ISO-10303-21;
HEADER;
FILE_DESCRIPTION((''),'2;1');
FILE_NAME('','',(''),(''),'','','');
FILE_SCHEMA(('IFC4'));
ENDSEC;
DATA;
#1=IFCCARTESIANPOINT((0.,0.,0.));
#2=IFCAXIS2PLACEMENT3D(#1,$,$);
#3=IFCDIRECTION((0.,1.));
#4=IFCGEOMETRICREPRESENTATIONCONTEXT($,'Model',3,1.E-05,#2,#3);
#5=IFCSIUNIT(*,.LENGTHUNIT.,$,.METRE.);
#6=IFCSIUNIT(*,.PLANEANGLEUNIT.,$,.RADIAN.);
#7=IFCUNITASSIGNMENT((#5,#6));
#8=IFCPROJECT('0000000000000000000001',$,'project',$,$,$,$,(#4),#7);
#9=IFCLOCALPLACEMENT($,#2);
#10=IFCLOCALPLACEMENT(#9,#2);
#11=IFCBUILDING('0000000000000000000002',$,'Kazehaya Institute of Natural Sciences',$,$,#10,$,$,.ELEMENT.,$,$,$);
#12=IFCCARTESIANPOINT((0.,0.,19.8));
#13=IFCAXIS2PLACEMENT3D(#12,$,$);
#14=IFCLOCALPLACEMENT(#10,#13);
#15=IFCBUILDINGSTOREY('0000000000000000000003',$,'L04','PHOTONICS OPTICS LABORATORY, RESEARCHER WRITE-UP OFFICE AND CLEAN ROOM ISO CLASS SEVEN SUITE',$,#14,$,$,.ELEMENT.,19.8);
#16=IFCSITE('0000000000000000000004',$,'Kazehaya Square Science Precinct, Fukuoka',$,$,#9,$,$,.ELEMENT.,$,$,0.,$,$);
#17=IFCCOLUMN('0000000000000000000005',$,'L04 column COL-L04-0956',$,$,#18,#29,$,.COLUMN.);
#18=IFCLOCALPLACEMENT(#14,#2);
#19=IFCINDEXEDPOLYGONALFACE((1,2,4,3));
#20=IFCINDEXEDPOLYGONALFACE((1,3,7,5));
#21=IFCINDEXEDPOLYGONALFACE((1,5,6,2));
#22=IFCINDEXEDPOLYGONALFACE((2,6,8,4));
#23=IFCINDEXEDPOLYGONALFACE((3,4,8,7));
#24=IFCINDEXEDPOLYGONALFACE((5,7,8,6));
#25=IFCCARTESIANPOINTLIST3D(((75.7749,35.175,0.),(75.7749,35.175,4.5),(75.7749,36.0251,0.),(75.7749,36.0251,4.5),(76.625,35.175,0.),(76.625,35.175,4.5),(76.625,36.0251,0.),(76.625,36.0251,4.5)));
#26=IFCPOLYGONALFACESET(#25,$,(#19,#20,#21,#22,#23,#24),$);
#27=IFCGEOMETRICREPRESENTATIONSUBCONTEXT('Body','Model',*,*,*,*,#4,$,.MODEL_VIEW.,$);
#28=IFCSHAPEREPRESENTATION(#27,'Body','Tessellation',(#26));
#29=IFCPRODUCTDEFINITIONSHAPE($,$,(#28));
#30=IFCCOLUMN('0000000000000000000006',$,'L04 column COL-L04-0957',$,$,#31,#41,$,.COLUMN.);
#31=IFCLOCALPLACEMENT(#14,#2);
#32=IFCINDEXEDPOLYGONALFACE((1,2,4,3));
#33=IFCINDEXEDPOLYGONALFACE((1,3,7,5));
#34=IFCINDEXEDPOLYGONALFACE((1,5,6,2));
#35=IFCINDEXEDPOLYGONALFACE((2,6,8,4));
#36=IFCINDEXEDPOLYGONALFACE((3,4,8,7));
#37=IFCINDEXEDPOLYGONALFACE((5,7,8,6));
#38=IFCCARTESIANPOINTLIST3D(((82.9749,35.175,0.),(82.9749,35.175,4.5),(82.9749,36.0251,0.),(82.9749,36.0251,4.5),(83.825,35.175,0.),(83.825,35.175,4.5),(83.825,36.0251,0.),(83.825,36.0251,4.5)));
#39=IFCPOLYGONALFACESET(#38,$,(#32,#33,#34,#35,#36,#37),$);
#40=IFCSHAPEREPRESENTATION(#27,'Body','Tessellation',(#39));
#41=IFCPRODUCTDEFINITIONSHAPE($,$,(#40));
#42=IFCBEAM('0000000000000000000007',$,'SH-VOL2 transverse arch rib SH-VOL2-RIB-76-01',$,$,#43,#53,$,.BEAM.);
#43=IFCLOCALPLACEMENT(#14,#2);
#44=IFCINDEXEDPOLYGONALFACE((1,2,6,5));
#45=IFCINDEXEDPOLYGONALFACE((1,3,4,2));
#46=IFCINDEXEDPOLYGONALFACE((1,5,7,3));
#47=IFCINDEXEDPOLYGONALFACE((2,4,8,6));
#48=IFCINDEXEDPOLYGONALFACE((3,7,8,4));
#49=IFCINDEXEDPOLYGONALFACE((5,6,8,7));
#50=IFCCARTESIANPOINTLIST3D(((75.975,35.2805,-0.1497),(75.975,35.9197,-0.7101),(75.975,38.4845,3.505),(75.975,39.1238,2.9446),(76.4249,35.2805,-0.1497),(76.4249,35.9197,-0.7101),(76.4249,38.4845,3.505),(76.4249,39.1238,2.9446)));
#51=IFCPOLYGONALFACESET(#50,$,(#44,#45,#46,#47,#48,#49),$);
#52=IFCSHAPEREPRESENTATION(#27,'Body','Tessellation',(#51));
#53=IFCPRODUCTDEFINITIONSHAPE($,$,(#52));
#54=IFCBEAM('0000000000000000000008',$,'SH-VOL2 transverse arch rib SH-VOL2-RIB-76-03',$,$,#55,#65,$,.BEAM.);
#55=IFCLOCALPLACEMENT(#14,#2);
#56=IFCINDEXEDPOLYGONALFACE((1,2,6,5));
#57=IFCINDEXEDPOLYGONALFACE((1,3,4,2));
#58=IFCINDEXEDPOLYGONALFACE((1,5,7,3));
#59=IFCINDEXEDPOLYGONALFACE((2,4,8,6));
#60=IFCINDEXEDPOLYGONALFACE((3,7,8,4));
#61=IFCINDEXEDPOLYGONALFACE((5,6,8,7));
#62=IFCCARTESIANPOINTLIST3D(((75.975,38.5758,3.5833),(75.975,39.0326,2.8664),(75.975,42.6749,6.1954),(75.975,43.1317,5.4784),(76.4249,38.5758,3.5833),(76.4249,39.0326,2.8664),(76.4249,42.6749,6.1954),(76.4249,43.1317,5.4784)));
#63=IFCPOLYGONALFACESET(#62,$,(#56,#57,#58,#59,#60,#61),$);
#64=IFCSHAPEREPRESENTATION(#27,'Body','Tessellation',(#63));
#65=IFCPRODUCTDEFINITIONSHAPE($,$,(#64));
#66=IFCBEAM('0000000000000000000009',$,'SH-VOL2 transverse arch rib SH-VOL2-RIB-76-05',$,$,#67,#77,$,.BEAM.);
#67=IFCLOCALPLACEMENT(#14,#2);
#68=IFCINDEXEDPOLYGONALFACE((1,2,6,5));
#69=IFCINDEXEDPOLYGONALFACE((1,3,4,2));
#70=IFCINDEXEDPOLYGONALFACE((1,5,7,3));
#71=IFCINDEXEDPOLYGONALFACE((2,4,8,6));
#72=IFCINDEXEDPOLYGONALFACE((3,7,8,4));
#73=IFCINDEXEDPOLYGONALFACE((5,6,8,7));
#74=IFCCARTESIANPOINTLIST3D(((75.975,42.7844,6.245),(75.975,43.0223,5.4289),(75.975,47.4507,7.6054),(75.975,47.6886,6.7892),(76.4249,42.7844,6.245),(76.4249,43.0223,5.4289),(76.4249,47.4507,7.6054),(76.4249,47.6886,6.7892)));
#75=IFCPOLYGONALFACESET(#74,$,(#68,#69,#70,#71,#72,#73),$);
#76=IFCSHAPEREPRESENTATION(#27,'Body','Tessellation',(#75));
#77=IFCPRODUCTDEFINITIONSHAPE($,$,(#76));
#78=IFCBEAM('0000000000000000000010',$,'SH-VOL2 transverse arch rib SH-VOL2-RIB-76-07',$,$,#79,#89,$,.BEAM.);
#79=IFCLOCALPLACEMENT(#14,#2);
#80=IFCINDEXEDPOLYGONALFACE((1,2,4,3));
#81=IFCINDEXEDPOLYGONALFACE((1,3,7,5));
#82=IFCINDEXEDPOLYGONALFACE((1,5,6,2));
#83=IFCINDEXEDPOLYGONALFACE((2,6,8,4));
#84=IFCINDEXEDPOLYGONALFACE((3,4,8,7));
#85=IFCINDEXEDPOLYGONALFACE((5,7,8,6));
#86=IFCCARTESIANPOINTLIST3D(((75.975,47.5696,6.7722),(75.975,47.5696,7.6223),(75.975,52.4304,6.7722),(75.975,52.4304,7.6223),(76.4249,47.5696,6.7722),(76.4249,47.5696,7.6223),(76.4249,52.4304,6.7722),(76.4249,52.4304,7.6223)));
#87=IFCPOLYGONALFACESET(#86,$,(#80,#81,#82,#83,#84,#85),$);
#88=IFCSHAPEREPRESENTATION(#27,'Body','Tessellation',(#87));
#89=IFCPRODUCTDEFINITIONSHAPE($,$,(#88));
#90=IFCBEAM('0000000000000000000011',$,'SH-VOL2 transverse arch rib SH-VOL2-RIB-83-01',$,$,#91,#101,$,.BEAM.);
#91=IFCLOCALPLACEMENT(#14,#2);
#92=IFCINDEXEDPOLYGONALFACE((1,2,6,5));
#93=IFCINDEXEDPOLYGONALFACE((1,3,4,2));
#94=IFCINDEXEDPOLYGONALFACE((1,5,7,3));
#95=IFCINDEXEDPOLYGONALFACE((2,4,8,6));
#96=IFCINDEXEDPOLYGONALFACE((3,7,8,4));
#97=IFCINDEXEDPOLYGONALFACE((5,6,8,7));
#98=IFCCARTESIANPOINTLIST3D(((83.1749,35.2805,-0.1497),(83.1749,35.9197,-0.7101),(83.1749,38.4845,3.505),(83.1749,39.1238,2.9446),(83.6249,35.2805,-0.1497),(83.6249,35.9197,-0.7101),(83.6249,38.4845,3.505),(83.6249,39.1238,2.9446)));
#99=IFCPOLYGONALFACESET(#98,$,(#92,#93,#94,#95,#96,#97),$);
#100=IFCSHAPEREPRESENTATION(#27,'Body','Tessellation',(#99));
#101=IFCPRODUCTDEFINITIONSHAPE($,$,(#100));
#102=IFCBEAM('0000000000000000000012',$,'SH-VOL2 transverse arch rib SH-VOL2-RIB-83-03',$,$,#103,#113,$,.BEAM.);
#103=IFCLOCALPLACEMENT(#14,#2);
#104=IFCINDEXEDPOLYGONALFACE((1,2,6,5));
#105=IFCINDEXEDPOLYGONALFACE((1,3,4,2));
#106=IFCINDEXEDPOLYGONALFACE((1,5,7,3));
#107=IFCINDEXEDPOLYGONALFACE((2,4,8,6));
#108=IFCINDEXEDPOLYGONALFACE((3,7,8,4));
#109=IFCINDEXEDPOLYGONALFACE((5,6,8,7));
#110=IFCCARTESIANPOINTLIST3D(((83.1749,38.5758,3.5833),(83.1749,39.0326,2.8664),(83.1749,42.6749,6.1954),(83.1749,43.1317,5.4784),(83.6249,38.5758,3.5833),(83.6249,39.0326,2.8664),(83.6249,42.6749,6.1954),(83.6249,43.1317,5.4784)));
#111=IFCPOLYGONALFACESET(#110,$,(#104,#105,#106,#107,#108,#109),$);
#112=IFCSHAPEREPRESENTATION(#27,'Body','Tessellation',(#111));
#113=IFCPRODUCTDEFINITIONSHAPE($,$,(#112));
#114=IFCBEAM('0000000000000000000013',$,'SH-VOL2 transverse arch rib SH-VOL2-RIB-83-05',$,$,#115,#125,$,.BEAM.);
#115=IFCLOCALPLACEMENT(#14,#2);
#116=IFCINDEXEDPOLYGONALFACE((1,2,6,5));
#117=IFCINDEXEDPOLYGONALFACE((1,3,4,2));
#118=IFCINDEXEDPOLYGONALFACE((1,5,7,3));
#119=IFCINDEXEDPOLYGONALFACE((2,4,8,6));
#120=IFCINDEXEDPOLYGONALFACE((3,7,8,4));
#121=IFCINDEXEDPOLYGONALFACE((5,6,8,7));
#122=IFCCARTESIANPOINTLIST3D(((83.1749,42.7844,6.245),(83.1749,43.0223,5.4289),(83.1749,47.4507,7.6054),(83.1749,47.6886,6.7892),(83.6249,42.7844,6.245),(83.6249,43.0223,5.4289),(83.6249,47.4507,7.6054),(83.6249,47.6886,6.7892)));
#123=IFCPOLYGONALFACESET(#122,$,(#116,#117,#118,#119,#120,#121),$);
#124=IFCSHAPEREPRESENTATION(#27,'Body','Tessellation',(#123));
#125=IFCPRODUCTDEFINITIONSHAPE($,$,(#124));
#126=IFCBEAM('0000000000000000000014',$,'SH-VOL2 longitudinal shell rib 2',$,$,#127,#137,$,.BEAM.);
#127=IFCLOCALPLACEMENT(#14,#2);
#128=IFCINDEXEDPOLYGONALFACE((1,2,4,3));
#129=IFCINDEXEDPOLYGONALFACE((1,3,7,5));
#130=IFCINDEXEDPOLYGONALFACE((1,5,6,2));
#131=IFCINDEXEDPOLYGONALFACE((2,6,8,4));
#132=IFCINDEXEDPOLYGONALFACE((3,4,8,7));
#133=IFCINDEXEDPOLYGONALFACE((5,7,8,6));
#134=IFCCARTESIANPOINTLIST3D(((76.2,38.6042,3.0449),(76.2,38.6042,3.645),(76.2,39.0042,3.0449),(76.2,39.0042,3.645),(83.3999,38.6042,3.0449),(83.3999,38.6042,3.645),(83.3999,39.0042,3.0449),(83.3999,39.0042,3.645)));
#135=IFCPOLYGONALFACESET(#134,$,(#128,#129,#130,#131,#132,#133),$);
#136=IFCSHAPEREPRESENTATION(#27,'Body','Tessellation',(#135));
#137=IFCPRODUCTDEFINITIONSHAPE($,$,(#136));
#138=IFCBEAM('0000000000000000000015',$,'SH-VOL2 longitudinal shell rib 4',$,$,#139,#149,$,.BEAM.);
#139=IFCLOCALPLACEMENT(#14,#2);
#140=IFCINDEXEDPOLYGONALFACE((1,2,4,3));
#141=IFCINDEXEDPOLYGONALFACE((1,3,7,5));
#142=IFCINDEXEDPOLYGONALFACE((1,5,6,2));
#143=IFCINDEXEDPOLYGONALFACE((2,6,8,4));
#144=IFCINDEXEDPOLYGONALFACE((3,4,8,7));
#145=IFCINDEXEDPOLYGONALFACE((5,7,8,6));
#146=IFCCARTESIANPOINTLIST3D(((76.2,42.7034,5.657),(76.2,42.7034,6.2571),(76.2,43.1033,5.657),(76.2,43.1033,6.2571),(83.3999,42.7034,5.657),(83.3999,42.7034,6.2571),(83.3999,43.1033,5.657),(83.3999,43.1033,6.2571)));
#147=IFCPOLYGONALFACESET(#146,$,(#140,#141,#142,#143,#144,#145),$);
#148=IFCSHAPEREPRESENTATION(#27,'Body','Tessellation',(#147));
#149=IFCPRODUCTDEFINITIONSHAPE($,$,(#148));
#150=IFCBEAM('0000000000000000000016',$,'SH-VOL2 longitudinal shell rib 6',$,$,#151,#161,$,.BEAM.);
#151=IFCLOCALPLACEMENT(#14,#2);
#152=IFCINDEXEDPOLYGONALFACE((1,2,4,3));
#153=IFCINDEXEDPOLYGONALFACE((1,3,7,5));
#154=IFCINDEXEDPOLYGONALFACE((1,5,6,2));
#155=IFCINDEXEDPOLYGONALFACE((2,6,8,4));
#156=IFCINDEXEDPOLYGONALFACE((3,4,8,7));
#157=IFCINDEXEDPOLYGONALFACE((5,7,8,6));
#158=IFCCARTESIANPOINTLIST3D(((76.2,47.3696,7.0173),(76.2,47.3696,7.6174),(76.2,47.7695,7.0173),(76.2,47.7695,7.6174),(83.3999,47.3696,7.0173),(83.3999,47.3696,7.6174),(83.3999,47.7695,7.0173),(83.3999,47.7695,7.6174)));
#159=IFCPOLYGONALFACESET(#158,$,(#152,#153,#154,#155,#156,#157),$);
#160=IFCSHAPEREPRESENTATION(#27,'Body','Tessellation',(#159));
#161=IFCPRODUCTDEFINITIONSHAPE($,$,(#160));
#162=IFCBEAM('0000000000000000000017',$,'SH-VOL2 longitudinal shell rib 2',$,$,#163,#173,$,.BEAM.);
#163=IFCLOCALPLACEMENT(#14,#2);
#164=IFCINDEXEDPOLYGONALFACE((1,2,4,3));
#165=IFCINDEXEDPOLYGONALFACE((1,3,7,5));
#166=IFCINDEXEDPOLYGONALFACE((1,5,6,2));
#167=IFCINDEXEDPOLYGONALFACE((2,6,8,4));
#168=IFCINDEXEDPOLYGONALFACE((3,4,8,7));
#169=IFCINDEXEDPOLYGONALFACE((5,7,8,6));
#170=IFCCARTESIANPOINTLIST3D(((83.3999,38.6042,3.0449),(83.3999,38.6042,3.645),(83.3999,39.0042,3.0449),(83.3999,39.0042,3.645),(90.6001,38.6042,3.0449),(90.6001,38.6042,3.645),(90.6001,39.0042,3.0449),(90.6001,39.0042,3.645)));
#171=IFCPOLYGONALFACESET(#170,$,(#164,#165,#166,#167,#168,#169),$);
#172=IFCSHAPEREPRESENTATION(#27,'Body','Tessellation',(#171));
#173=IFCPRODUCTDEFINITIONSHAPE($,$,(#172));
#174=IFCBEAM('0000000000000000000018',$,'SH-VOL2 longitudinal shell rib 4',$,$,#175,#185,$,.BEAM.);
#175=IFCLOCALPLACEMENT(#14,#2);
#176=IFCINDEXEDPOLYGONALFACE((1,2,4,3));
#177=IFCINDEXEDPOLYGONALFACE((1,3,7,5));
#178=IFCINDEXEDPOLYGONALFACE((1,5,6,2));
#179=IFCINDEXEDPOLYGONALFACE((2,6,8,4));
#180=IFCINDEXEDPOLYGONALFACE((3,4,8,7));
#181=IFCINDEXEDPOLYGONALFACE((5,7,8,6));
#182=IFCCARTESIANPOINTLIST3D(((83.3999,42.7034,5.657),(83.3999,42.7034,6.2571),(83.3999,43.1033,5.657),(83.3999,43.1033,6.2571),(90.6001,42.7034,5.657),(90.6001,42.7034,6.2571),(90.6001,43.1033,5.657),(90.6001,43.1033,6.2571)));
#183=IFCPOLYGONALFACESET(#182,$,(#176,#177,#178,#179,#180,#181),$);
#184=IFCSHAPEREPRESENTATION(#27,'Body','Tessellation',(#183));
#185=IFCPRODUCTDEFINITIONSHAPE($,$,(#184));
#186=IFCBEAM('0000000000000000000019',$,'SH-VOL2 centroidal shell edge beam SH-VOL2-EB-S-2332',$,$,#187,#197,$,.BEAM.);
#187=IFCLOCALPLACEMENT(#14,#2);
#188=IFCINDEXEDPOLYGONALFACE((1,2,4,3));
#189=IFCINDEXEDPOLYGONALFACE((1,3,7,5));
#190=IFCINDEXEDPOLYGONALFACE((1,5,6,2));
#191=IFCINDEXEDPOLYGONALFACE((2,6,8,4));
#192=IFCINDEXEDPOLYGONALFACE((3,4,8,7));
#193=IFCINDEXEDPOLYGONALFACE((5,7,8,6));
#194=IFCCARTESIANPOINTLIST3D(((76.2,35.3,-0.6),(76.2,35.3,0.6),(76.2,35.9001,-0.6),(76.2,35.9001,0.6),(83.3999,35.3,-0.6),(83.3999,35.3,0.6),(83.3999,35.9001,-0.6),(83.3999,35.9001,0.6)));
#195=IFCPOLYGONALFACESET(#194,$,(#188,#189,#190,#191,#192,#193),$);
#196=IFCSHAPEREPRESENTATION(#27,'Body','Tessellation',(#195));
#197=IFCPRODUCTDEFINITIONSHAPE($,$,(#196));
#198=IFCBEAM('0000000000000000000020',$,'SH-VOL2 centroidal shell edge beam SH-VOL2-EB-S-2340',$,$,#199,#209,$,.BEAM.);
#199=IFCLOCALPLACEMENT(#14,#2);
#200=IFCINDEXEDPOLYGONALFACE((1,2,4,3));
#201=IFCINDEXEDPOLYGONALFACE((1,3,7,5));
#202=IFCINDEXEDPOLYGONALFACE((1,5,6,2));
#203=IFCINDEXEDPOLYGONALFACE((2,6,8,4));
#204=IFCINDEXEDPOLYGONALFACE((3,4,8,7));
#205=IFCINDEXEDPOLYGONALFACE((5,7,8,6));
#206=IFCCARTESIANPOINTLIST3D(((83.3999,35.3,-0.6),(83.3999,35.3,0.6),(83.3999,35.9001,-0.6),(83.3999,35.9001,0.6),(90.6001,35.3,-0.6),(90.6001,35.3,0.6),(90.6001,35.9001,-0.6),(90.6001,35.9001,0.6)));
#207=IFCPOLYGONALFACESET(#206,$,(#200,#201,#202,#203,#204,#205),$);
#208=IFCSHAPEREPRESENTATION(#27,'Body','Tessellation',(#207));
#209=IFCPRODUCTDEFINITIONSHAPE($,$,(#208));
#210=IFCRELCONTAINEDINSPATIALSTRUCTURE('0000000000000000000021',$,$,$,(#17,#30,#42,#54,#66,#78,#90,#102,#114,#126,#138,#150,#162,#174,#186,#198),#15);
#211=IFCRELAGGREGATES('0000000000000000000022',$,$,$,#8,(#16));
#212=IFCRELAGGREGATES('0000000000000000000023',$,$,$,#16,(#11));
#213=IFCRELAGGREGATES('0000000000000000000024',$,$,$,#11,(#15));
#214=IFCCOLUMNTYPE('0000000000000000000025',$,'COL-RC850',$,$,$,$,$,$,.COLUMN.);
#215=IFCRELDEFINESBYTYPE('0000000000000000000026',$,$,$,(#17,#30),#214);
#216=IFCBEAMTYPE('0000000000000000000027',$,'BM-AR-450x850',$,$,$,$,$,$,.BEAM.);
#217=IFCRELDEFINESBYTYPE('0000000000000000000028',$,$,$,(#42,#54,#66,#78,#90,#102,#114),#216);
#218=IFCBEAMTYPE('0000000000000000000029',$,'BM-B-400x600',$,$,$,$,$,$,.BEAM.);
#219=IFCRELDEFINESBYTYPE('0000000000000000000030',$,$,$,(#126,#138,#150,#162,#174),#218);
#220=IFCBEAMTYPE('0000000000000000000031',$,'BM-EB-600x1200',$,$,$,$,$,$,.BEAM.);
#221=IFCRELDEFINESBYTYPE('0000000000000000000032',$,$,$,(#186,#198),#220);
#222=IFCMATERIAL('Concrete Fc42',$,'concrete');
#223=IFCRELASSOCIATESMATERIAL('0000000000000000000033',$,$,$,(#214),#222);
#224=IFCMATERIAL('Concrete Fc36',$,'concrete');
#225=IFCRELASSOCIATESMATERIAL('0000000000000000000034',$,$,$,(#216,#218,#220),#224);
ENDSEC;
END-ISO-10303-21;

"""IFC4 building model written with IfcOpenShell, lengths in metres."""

from ifc_helpers import new_model, si_unit, direction, frame, origin, origin_2d, place, context, subcontext, project, spatial, rectangle, extrude, material, material_profile, profile_set, type_object, element, save


model = new_model("IFC4")

# Units and contexts
model_context = context("Model", 3, precision=1e-05, world=origin(), true_north=direction((0.0, 1.0)))
body_context = subcontext(model_context, "Body", "Model", "MODEL_VIEW")
ifc_project = project(units=[si_unit("LENGTHUNIT", "METRE"), si_unit("PLANEANGLEUNIT", "RADIAN")], contexts=[model_context])

# Site, building, storey
site_placement = place(None, origin())
site = spatial("IfcSite", under=ifc_project, at=site_placement, Name="Kazehaya Square Science Precinct, Fukuoka", CompositionType="ELEMENT", RefElevation=0.0)
building_placement = place(site_placement, origin())
building = spatial("IfcBuilding", under=site, at=building_placement, Name="Kazehaya Institute of Natural Sciences", CompositionType="ELEMENT")
storey_placement = place(building_placement, frame((0.0, 0.0, 19.8)))
storey = spatial("IfcBuildingStorey", under=building, at=storey_placement, Name="L04", Description="PHOTONICS OPTICS LABORATORY, RESEARCHER WRITE-UP OFFICE AND CLEAN ROOM ISO CLASS SEVEN SUITE", CompositionType="ELEMENT", Elevation=19.8)

# Columns
ifc_material_1 = material(Name="Concrete Fc42", Category="concrete")
ifc_material_profile_1 = material_profile(ifc_material_1, rectangle(XDim=0.8501, YDim=0.8501, at=origin_2d()), Name="RC-850x850")
ifc_profile_set_1 = profile_set([ifc_material_profile_1], Name="Concrete Fc42")
column_type = type_object("IfcColumnType", Name="COL-RC850", PredefinedType="COLUMN", material=ifc_profile_set_1)
for number, where, z_axis, x_axis, name in (
    (1, (76.2, 35.6001, 0.0), (0.0, 0.0, 1.0), (1.0, 0.0, 0.0), "L04 column COL-L04-0956"),
    (2, (83.3999, 35.6001, 0.0), (0.0, 0.0, 1.0), (1.0, 0.0, 0.0), "L04 column COL-L04-0957"),
):
    element("IfcColumn", number, at=place(storey_placement, frame(where, z_axis=z_axis, x_axis=x_axis)), inside=storey, type_object=column_type, Name=name, PredefinedType="COLUMN", context=body_context, shape_type="SweptSolid", body=[
        extrude(rectangle(XDim=0.8501, YDim=0.8501, at=origin_2d()), origin(), (0.0, 0.0, 1.0), 4.5),
    ])

# Beams
ifc_material_2 = material(Name="Concrete Fc36", Category="concrete")
ifc_material_profile_2 = material_profile(ifc_material_2, rectangle(XDim=0.45, YDim=0.8501, at=origin_2d()), Name="RC-450x850")
ifc_profile_set_2 = profile_set([ifc_material_profile_2], Name="Concrete Fc36")
beam_type_1 = type_object("IfcBeamType", Name="BM-AR-450x850", PredefinedType="BEAM", material=ifc_profile_set_2)
beam_1_placement = place(storey_placement, frame((76.2, 35.6001, -0.4299), z_axis=(0.0, 0.659223, 0.751948), x_axis=(-1.0, 0.0, 0.0)))
element("IfcBeam", 3, at=beam_1_placement, inside=storey, type_object=beam_type_1, Name="SH-VOL2 transverse arch rib SH-VOL2-RIB-76-01", PredefinedType="BEAM", context=body_context, shape_type="SweptSolid", body=[
    extrude(rectangle(XDim=0.45, YDim=0.8501, at=origin_2d()), origin(), (0.0, 0.0, 1.0), 4.8604),
])
for number, where, z_axis, x_axis, name in (
    (4, (76.2, 38.8042, 3.2249), (0.0, 0.843332, 0.537392), (-1.0, 0.0, 0.0), "SH-VOL2 transverse arch rib SH-VOL2-RIB-76-03"),
    (5, (76.2, 42.9033, 5.8369), (0.0, 0.960035, 0.279878), (-1.0, 0.0, 0.0), "SH-VOL2 transverse arch rib SH-VOL2-RIB-76-05"),
):
    element("IfcBeam", number, at=place(storey_placement, frame(where, z_axis=z_axis, x_axis=x_axis)), inside=storey, type_object=beam_type_1, Name=name, PredefinedType="BEAM", context=body_context, shape_type="SweptSolid", body=[
        extrude(rectangle(XDim=0.45, YDim=0.8501, at=origin_2d()), origin(), (0.0, 0.0, 1.0), 4.8606),
    ])
beam_2_placement = place(storey_placement, frame((76.2, 47.5696, 7.1973), z_axis=(0.0, 1.0, 0.0), x_axis=(-1.0, 0.0, 0.0)))
element("IfcBeam", 6, at=beam_2_placement, inside=storey, type_object=beam_type_1, Name="SH-VOL2 transverse arch rib SH-VOL2-RIB-76-07", PredefinedType="BEAM", context=body_context, shape_type="SweptSolid", body=[
    extrude(rectangle(XDim=0.45, YDim=0.8501, at=origin_2d()), origin(), (0.0, 0.0, 1.0), 4.8608),
])
beam_3_placement = place(storey_placement, frame((83.3999, 35.6001, -0.4299), z_axis=(0.0, 0.659223, 0.751948), x_axis=(-1.0, 0.0, 0.0)))
element("IfcBeam", 7, at=beam_3_placement, inside=storey, type_object=beam_type_1, Name="SH-VOL2 transverse arch rib SH-VOL2-RIB-83-01", PredefinedType="BEAM", context=body_context, shape_type="SweptSolid", body=[
    extrude(rectangle(XDim=0.45, YDim=0.8501, at=origin_2d()), origin(), (0.0, 0.0, 1.0), 4.8604),
])
for number, where, z_axis, x_axis, name in (
    (8, (83.3999, 38.8042, 3.2249), (0.0, 0.843332, 0.537392), (-1.0, 0.0, 0.0), "SH-VOL2 transverse arch rib SH-VOL2-RIB-83-03"),
    (9, (83.3999, 42.9033, 5.8369), (0.0, 0.960035, 0.279878), (-1.0, 0.0, 0.0), "SH-VOL2 transverse arch rib SH-VOL2-RIB-83-05"),
):
    element("IfcBeam", number, at=place(storey_placement, frame(where, z_axis=z_axis, x_axis=x_axis)), inside=storey, type_object=beam_type_1, Name=name, PredefinedType="BEAM", context=body_context, shape_type="SweptSolid", body=[
        extrude(rectangle(XDim=0.45, YDim=0.8501, at=origin_2d()), origin(), (0.0, 0.0, 1.0), 4.8606),
    ])
ifc_material_profile_3 = material_profile(ifc_material_2, rectangle(XDim=0.3999, YDim=0.6001, at=origin_2d()), Name="RC-400x600")
ifc_profile_set_3 = profile_set([ifc_material_profile_3], Name="Concrete Fc36")
beam_type_2 = type_object("IfcBeamType", Name="BM-B-400x600", PredefinedType="BEAM", material=ifc_profile_set_3)
for number, where, z_axis, x_axis, name in (
    (10, (76.2, 38.8042, 3.345), (1.0, 0.0, 0.0), (0.0, 1.0, 0.0), "SH-VOL2 longitudinal shell rib 2"),
    (11, (76.2, 42.9033, 5.957), (1.0, 0.0, 0.0), (0.0, 1.0, 0.0), "SH-VOL2 longitudinal shell rib 4"),
    (12, (76.2, 47.5696, 7.3174), (1.0, 0.0, 0.0), (0.0, 1.0, 0.0), "SH-VOL2 longitudinal shell rib 6"),
):
    element("IfcBeam", number, at=place(storey_placement, frame(where, z_axis=z_axis, x_axis=x_axis)), inside=storey, type_object=beam_type_2, Name=name, PredefinedType="BEAM", context=body_context, shape_type="SweptSolid", body=[
        extrude(rectangle(XDim=0.3999, YDim=0.6001, at=origin_2d()), origin(), (0.0, 0.0, 1.0), 7.2),
    ])
for number, where, z_axis, x_axis, name in (
    (13, (83.3999, 38.8042, 3.345), (1.0, 0.0, 0.0), (0.0, 1.0, 0.0), "SH-VOL2 longitudinal shell rib 2"),
    (14, (83.3999, 42.9033, 5.957), (1.0, 0.0, 0.0), (0.0, 1.0, 0.0), "SH-VOL2 longitudinal shell rib 4"),
):
    element("IfcBeam", number, at=place(storey_placement, frame(where, z_axis=z_axis, x_axis=x_axis)), inside=storey, type_object=beam_type_2, Name=name, PredefinedType="BEAM", context=body_context, shape_type="SweptSolid", body=[
        extrude(rectangle(XDim=0.3999, YDim=0.6001, at=origin_2d()), origin(), (0.0, 0.0, 1.0), 7.2002),
    ])
ifc_material_profile_4 = material_profile(ifc_material_2, rectangle(XDim=0.6001, YDim=1.2, at=origin_2d()), Name="RC-600x1200")
ifc_profile_set_4 = profile_set([ifc_material_profile_4], Name="Concrete Fc36")
beam_type_3 = type_object("IfcBeamType", Name="BM-EB-600x1200", PredefinedType="BEAM", material=ifc_profile_set_4)
beam_4_placement = place(storey_placement, frame((76.2, 35.6001, 0.0), z_axis=(1.0, 0.0, 0.0), x_axis=(0.0, 1.0, 0.0)))
element("IfcBeam", 15, at=beam_4_placement, inside=storey, type_object=beam_type_3, Name="SH-VOL2 centroidal shell edge beam SH-VOL2-EB-S-2332", PredefinedType="BEAM", context=body_context, shape_type="SweptSolid", body=[
    extrude(rectangle(XDim=0.6001, YDim=1.2, at=origin_2d()), origin(), (0.0, 0.0, 1.0), 7.2),
])
beam_5_placement = place(storey_placement, frame((83.3999, 35.6001, 0.0), z_axis=(1.0, 0.0, 0.0), x_axis=(0.0, 1.0, 0.0)))
element("IfcBeam", 16, at=beam_5_placement, inside=storey, type_object=beam_type_3, Name="SH-VOL2 centroidal shell edge beam SH-VOL2-EB-S-2340", PredefinedType="BEAM", context=body_context, shape_type="SweptSolid", body=[
    extrude(rectangle(XDim=0.6001, YDim=1.2, at=origin_2d()), origin(), (0.0, 0.0, 1.0), 7.2002),
])

save(model, "model.ifc")
